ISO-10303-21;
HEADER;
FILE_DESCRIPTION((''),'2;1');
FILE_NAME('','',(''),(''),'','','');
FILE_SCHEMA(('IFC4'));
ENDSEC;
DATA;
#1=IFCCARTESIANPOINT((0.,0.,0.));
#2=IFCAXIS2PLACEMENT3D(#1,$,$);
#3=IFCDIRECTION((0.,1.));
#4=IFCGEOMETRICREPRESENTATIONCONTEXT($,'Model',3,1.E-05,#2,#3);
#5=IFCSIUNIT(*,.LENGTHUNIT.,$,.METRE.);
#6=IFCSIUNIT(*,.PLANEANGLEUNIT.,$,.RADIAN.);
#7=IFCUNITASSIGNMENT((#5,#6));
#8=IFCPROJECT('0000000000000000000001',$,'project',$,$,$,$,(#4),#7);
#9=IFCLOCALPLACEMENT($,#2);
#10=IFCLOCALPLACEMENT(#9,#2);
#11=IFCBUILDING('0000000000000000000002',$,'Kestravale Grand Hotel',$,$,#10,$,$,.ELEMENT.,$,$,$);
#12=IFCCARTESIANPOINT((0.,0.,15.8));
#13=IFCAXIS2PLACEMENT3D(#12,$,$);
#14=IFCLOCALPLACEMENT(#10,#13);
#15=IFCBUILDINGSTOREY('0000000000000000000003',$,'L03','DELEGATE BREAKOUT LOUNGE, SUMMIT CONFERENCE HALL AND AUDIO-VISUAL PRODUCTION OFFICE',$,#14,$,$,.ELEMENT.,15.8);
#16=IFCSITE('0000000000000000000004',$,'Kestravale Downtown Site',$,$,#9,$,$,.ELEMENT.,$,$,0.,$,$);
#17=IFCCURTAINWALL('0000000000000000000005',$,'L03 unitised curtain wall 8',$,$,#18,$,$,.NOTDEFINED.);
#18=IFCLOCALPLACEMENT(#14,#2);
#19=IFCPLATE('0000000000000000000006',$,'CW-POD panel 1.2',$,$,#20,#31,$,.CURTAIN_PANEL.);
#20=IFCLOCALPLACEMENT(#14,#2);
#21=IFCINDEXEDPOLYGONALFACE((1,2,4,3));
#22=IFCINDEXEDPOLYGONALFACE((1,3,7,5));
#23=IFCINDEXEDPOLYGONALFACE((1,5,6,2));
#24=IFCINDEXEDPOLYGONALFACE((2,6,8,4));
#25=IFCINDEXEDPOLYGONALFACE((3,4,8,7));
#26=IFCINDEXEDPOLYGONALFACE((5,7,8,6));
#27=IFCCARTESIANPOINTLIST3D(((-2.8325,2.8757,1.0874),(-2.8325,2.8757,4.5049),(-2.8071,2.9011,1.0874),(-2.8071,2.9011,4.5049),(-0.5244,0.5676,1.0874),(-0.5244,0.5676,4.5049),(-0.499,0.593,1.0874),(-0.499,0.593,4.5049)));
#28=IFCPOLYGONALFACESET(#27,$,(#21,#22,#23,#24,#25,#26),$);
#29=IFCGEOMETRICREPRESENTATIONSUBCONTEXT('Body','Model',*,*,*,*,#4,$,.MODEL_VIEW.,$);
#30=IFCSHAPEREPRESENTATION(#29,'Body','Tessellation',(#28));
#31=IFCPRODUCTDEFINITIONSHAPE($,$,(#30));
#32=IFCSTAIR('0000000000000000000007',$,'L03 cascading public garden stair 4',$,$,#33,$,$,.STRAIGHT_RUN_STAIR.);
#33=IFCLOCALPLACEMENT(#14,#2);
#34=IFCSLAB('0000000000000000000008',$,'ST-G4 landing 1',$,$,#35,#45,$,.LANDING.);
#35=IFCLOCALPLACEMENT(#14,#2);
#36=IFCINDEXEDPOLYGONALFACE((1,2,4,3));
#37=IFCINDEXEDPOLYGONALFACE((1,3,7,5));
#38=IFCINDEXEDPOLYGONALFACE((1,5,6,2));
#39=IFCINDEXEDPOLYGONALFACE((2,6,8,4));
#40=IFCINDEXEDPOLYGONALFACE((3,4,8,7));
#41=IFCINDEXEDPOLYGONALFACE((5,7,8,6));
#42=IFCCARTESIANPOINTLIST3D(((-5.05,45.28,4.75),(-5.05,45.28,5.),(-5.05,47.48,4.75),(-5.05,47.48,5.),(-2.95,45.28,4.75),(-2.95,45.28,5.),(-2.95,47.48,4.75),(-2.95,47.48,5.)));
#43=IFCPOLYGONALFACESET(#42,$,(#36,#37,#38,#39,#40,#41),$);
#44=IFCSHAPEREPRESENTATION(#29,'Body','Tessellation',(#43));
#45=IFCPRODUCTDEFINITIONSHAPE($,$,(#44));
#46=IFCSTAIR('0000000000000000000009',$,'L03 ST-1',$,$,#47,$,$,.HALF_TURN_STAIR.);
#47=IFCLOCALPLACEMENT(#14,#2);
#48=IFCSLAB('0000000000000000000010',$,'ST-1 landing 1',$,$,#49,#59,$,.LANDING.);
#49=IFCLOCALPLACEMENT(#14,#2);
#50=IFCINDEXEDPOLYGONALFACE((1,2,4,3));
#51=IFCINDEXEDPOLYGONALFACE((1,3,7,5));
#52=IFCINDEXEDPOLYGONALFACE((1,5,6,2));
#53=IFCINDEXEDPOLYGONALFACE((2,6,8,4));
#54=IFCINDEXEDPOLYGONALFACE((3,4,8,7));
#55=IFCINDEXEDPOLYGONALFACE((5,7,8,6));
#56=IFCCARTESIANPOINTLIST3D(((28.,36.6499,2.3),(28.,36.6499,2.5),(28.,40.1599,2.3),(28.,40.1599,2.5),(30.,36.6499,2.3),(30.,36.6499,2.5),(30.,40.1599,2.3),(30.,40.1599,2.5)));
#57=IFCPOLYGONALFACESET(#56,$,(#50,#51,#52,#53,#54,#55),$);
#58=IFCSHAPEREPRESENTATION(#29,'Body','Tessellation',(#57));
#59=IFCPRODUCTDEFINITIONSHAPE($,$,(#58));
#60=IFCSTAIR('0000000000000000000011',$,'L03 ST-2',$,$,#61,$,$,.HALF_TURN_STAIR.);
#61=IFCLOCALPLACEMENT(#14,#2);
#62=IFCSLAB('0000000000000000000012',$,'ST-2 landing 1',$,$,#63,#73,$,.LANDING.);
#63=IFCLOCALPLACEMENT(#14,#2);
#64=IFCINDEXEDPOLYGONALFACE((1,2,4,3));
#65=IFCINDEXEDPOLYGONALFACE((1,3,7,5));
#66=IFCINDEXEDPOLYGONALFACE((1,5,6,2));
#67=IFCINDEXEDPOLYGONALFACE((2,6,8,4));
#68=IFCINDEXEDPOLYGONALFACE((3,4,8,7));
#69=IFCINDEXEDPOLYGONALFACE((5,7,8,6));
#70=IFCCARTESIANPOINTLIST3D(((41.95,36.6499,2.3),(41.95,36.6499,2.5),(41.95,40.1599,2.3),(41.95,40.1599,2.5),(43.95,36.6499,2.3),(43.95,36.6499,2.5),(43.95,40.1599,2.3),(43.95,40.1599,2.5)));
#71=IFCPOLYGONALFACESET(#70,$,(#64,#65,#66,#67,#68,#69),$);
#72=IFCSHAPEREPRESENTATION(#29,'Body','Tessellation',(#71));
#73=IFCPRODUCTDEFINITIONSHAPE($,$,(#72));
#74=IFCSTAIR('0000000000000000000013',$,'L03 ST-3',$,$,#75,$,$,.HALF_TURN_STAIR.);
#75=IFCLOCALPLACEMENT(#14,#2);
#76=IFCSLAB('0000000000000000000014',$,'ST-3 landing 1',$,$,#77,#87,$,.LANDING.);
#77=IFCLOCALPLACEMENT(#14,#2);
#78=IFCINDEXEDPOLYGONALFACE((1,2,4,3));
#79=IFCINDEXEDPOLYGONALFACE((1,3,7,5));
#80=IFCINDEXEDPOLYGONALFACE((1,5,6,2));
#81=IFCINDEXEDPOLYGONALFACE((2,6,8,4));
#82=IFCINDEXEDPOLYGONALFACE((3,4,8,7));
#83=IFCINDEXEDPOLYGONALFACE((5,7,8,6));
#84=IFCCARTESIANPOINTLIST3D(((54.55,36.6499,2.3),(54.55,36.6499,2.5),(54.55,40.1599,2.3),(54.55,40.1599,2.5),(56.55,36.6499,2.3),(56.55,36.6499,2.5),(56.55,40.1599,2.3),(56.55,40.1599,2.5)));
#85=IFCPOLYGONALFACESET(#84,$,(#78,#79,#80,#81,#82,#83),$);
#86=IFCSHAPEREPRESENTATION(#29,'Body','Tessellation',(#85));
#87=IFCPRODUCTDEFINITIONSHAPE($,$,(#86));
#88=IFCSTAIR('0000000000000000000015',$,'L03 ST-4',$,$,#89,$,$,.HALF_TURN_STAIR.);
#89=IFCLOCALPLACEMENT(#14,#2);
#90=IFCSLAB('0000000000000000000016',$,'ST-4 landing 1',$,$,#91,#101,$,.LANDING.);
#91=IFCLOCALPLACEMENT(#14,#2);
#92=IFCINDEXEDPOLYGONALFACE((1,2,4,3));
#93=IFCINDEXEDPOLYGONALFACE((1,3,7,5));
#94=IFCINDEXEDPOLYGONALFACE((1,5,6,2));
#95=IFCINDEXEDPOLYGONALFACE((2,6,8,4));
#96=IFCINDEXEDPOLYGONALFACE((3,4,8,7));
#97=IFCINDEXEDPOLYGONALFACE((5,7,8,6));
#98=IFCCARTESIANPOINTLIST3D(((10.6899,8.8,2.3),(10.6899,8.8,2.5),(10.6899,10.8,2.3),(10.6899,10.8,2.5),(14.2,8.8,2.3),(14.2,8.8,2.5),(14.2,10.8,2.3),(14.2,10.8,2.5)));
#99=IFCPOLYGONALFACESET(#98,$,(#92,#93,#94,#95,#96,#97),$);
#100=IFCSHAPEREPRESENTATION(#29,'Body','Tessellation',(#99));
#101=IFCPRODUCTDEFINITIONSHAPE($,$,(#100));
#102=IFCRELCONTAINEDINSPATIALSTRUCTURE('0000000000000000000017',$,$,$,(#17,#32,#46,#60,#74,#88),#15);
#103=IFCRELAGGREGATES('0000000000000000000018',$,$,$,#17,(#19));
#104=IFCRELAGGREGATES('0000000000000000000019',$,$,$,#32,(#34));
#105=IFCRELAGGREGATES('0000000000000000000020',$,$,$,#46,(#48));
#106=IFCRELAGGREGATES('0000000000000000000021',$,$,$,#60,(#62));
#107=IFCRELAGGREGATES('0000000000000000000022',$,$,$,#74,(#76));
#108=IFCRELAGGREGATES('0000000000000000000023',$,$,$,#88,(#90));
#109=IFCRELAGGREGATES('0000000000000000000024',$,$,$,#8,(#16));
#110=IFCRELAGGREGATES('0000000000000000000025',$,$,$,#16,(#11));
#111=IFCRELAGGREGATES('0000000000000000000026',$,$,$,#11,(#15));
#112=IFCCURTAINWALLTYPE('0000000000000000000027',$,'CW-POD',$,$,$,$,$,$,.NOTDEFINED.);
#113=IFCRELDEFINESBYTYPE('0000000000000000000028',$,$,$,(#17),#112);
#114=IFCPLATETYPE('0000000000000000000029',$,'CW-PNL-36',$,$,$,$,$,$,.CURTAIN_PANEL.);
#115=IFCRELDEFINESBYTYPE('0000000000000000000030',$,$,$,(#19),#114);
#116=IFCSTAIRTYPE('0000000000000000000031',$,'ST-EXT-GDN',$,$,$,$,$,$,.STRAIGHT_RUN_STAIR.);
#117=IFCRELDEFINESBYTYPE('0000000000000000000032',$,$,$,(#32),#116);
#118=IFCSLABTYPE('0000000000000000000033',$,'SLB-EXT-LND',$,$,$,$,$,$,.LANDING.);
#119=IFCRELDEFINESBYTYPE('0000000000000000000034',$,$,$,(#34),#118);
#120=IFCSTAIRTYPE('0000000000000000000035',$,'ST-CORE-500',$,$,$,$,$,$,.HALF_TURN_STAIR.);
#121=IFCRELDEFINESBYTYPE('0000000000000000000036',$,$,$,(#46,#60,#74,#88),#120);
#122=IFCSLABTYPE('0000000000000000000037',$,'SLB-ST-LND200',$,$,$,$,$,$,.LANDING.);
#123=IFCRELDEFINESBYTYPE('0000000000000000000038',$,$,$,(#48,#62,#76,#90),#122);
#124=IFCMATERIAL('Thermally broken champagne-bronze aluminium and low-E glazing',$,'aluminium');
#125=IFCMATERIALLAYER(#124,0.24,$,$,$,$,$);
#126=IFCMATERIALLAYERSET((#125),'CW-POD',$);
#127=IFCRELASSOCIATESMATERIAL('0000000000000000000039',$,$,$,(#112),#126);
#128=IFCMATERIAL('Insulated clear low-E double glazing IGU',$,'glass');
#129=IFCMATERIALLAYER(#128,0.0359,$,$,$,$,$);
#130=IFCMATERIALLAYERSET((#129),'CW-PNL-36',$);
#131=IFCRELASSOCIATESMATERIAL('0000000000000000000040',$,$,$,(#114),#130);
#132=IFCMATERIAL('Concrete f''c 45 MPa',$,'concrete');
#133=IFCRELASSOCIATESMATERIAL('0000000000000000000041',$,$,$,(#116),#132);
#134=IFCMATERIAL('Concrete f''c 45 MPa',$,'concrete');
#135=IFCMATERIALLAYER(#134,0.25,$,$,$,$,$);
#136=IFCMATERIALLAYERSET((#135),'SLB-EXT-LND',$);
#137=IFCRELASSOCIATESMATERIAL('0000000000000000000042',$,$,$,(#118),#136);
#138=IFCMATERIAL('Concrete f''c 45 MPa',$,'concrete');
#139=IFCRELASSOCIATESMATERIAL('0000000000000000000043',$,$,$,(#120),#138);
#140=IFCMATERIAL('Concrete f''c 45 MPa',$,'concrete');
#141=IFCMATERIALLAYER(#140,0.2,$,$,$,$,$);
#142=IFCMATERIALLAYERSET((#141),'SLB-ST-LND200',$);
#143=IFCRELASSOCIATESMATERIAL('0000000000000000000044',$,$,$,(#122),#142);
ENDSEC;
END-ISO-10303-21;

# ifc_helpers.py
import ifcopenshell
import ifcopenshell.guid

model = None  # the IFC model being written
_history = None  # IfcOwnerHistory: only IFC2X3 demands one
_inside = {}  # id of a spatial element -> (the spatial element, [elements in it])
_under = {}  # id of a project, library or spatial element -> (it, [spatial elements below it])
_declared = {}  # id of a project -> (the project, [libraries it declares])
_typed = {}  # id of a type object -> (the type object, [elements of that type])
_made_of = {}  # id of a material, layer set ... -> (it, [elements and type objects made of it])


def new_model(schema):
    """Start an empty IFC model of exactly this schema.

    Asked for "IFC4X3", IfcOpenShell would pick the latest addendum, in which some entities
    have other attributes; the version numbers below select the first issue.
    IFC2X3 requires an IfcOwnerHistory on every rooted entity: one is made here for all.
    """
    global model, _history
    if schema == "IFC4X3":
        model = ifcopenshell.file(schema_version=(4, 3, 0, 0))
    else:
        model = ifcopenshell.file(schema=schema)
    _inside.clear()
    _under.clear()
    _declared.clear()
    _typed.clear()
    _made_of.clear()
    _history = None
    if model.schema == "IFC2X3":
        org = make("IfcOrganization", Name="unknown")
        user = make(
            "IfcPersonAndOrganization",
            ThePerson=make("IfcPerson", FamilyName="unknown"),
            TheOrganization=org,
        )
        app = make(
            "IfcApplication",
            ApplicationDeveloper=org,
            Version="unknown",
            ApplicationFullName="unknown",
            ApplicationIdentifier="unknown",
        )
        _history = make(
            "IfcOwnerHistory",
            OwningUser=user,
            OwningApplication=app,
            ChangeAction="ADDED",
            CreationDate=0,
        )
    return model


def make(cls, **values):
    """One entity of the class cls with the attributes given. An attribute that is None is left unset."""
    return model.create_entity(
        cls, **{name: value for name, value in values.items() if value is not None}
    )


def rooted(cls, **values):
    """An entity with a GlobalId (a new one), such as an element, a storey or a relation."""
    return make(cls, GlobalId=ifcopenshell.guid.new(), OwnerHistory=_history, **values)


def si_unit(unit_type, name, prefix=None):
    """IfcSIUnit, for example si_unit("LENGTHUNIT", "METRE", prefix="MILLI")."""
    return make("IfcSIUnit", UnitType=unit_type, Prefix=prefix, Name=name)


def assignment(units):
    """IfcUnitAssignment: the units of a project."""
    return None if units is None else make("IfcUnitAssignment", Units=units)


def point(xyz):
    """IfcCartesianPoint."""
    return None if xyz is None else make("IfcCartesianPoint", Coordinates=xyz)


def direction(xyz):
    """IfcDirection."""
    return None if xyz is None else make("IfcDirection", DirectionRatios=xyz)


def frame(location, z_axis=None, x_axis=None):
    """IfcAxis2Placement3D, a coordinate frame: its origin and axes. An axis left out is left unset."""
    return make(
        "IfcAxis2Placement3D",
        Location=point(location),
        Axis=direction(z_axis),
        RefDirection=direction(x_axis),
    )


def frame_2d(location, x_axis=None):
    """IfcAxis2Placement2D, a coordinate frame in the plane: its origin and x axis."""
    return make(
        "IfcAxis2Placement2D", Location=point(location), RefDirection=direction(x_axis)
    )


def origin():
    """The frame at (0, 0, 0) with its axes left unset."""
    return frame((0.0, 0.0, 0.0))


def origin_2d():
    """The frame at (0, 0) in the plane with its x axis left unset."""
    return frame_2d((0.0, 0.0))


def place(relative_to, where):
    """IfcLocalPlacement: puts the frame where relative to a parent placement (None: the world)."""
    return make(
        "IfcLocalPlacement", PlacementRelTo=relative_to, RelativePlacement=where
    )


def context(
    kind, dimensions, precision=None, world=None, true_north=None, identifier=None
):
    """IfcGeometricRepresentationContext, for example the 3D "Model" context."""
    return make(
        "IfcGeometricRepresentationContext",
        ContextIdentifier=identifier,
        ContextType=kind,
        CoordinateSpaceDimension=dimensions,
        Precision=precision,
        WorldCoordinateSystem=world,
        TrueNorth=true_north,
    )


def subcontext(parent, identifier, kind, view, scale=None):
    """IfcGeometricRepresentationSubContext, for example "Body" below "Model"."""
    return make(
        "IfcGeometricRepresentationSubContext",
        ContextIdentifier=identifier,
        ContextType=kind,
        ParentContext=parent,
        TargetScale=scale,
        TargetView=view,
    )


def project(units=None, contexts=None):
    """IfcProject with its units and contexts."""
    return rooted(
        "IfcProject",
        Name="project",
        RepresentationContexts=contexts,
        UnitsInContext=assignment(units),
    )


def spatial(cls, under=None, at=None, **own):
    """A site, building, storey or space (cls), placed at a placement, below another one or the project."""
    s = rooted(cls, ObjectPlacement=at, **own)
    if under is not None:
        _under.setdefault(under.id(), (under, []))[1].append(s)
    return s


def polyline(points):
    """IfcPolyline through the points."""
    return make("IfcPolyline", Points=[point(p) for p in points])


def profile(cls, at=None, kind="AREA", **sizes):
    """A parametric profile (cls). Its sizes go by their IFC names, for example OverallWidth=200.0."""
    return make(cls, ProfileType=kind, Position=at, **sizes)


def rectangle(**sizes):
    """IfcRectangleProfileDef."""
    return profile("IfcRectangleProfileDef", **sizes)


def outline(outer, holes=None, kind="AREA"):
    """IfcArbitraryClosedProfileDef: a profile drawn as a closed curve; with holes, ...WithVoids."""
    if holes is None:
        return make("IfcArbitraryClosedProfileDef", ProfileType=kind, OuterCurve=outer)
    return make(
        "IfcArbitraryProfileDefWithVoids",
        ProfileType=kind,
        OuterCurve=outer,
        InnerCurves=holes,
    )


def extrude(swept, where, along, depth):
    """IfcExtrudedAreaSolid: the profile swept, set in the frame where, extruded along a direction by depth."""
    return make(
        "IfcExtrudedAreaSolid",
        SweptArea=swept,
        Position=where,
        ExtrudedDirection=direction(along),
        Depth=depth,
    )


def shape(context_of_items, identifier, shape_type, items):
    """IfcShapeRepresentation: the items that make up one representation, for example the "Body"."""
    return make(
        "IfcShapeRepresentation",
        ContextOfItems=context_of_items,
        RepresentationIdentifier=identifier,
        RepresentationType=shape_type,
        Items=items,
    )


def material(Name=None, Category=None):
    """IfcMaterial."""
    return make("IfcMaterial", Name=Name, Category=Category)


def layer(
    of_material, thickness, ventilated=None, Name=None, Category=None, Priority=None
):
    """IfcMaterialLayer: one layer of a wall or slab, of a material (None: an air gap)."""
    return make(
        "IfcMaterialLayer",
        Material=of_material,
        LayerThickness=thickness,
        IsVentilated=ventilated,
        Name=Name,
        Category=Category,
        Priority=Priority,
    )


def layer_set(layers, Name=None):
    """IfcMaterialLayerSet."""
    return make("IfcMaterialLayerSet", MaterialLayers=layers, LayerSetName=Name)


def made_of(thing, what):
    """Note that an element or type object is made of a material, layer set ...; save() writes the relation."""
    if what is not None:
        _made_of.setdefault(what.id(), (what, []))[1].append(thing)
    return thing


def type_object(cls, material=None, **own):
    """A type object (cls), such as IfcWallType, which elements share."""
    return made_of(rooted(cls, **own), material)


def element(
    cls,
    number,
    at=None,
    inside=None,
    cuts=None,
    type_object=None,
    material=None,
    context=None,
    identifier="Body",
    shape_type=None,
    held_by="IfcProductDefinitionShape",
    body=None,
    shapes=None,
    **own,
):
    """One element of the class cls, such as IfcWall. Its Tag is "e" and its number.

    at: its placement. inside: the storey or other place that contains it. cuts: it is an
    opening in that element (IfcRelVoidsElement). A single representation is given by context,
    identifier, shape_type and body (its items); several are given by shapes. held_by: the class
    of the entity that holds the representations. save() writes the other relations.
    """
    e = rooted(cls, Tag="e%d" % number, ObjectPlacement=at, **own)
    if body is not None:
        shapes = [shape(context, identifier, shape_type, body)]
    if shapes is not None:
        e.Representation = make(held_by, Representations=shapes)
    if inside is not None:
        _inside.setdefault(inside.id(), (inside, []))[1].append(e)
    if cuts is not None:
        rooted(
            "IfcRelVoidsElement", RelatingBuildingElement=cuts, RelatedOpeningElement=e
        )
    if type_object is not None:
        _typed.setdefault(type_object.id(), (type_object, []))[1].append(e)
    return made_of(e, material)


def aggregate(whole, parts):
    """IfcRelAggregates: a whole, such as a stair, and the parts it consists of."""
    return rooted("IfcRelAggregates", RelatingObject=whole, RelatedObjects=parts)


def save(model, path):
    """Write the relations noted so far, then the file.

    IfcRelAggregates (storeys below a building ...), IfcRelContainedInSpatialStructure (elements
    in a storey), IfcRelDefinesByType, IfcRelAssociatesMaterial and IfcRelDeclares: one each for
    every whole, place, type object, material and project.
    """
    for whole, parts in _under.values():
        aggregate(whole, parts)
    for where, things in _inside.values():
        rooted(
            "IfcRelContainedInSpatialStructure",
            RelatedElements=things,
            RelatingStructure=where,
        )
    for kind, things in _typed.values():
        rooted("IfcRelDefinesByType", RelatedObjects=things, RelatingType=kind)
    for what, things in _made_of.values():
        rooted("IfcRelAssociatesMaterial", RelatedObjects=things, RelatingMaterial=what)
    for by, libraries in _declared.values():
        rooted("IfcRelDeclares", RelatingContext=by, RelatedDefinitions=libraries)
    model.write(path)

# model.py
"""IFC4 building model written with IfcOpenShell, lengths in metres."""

from ifc_helpers import new_model, si_unit, direction, frame, origin, origin_2d, place, context, subcontext, project, spatial, polyline, rectangle, outline, extrude, material, layer, layer_set, type_object, element, aggregate, save


model = new_model("IFC4")

# Units and contexts
model_context = context("Model", 3, precision=1e-05, world=origin(), true_north=direction((0.0, 1.0)))
body_context = subcontext(model_context, "Body", "Model", "MODEL_VIEW")
ifc_project = project(units=[si_unit("LENGTHUNIT", "METRE"), si_unit("PLANEANGLEUNIT", "RADIAN")], contexts=[model_context])

# Site, building, storey
site_placement = place(None, origin())
site = spatial("IfcSite", under=ifc_project, at=site_placement, Name="Kestravale Downtown Site", CompositionType="ELEMENT", RefElevation=0.0)
building_placement = place(site_placement, origin())
building = spatial("IfcBuilding", under=site, at=building_placement, Name="Kestravale Grand Hotel", CompositionType="ELEMENT")
storey_placement = place(building_placement, frame((0.0, 0.0, 15.8)))
storey = spatial("IfcBuildingStorey", under=building, at=storey_placement, Name="L03", Description="DELEGATE BREAKOUT LOUNGE, SUMMIT CONFERENCE HALL AND AUDIO-VISUAL PRODUCTION OFFICE", CompositionType="ELEMENT", Elevation=15.8)

# Curtain wall, plate
ifc_material_1 = material(Name="Thermally broken champagne-bronze aluminium and low-E glazing", Category="aluminium")
ifc_layer_1 = layer(ifc_material_1, 0.24)
ifc_layer_set_1 = layer_set([ifc_layer_1], Name="CW-POD")
curtain_wall_type = type_object("IfcCurtainWallType", Name="CW-POD", PredefinedType="NOTDEFINED", material=ifc_layer_set_1)
curtain_wall_placement = place(storey_placement, origin())
curtain_wall = element("IfcCurtainWall", 1, at=curtain_wall_placement, inside=storey, type_object=curtain_wall_type, Name="L03 unitised curtain wall 8", PredefinedType="NOTDEFINED")
ifc_material_2 = material(Name="Insulated clear low-E double glazing IGU", Category="glass")
ifc_layer_2 = layer(ifc_material_2, 0.0359)
ifc_layer_set_2 = layer_set([ifc_layer_2], Name="CW-PNL-36")
plate_type = type_object("IfcPlateType", Name="CW-PNL-36", PredefinedType="CURTAIN_PANEL", material=ifc_layer_set_2)
plate_placement = place(storey_placement, frame((-1.6658, 1.7344, 1.0874), z_axis=(0.0, 0.0, 1.0), x_axis=(0.707107, -0.707107, 0.0)))
plate = element("IfcPlate", 2, at=plate_placement, type_object=plate_type, Name="CW-POD panel 1.2", PredefinedType="CURTAIN_PANEL", context=body_context, shape_type="SweptSolid", body=[
    extrude(rectangle(XDim=3.2642, YDim=0.0359, at=origin_2d()), origin(), (0.0, 0.0, 1.0), 3.4175),
])
aggregate(curtain_wall, [plate])

# Stairs, slabs
ifc_material_3 = material(Name="Concrete f'c 45 MPa", Category="concrete")
stair_type_1 = type_object("IfcStairType", Name="ST-EXT-GDN", PredefinedType="STRAIGHT_RUN_STAIR", material=ifc_material_3)
stair_1_placement = place(storey_placement, origin())
stair_1 = element("IfcStair", 3, at=stair_1_placement, inside=storey, type_object=stair_type_1, Name="L03 cascading public garden stair 4", PredefinedType="STRAIGHT_RUN_STAIR")
ifc_material_4 = material(Name="Concrete f'c 45 MPa", Category="concrete")
ifc_layer_3 = layer(ifc_material_4, 0.25)
ifc_layer_set_3 = layer_set([ifc_layer_3], Name="SLB-EXT-LND")
slab_type_1 = type_object("IfcSlabType", Name="SLB-EXT-LND", PredefinedType="LANDING", material=ifc_layer_set_3)
slab_1_placement = place(storey_placement, frame((0.0, 0.0, 4.75)))
slab_1 = element("IfcSlab", 4, at=slab_1_placement, type_object=slab_type_1, Name="ST-G4 landing 1", PredefinedType="LANDING", context=body_context, shape_type="SweptSolid", body=[
    extrude(outline(polyline([(-5.05, 45.28), (-2.95, 45.28), (-2.95, 47.48), (-5.05, 47.48), (-5.05, 45.28)])), origin(), (0.0, 0.0, 1.0), 0.25),
])
aggregate(stair_1, [slab_1])
ifc_material_5 = material(Name="Concrete f'c 45 MPa", Category="concrete")
stair_type_2 = type_object("IfcStairType", Name="ST-CORE-500", PredefinedType="HALF_TURN_STAIR", material=ifc_material_5)
stair_2_placement = place(storey_placement, origin())
stair_2 = element("IfcStair", 5, at=stair_2_placement, inside=storey, type_object=stair_type_2, Name="L03 ST-1", PredefinedType="HALF_TURN_STAIR")
ifc_material_6 = material(Name="Concrete f'c 45 MPa", Category="concrete")
ifc_layer_4 = layer(ifc_material_6, 0.2)
ifc_layer_set_4 = layer_set([ifc_layer_4], Name="SLB-ST-LND200")
slab_type_2 = type_object("IfcSlabType", Name="SLB-ST-LND200", PredefinedType="LANDING", material=ifc_layer_set_4)
slab_2_placement = place(storey_placement, frame((0.0, 0.0, 2.3)))
slab_2 = element("IfcSlab", 6, at=slab_2_placement, type_object=slab_type_2, Name="ST-1 landing 1", PredefinedType="LANDING", context=body_context, shape_type="SweptSolid", body=[
    extrude(outline(polyline([(28.0, 36.6499), (30.0, 36.6499), (30.0, 40.1599), (28.0, 40.1599), (28.0, 36.6499)])), origin(), (0.0, 0.0, 1.0), 0.2),
])
aggregate(stair_2, [slab_2])
stair_3_placement = place(storey_placement, origin())
stair_3 = element("IfcStair", 7, at=stair_3_placement, inside=storey, type_object=stair_type_2, Name="L03 ST-2", PredefinedType="HALF_TURN_STAIR")
slab_3_placement = place(storey_placement, frame((0.0, 0.0, 2.3)))
slab_3 = element("IfcSlab", 8, at=slab_3_placement, type_object=slab_type_2, Name="ST-2 landing 1", PredefinedType="LANDING", context=body_context, shape_type="SweptSolid", body=[
    extrude(outline(polyline([(41.95, 36.6499), (43.95, 36.6499), (43.95, 40.1599), (41.95, 40.1599), (41.95, 36.6499)])), origin(), (0.0, 0.0, 1.0), 0.2),
])
aggregate(stair_3, [slab_3])
stair_4_placement = place(storey_placement, origin())
stair_4 = element("IfcStair", 9, at=stair_4_placement, inside=storey, type_object=stair_type_2, Name="L03 ST-3", PredefinedType="HALF_TURN_STAIR")
slab_4_placement = place(storey_placement, frame((0.0, 0.0, 2.3)))
slab_4 = element("IfcSlab", 10, at=slab_4_placement, type_object=slab_type_2, Name="ST-3 landing 1", PredefinedType="LANDING", context=body_context, shape_type="SweptSolid", body=[
    extrude(outline(polyline([(54.55, 36.6499), (56.55, 36.6499), (56.55, 40.1599), (54.55, 40.1599), (54.55, 36.6499)])), origin(), (0.0, 0.0, 1.0), 0.2),
])
aggregate(stair_4, [slab_4])
stair_5_placement = place(storey_placement, origin())
stair_5 = element("IfcStair", 11, at=stair_5_placement, inside=storey, type_object=stair_type_2, Name="L03 ST-4", PredefinedType="HALF_TURN_STAIR")
slab_5_placement = place(storey_placement, frame((0.0, 0.0, 2.3)))
slab_5 = element("IfcSlab", 12, at=slab_5_placement, type_object=slab_type_2, Name="ST-4 landing 1", PredefinedType="LANDING", context=body_context, shape_type="SweptSolid", body=[
    extrude(outline(polyline([(14.2, 8.8), (14.2, 10.8), (10.6899, 10.8), (10.6899, 8.8), (14.2, 8.8)])), origin(), (0.0, 0.0, 1.0), 0.2),
])
aggregate(stair_5, [slab_5])

save(model, "model.ifc")
